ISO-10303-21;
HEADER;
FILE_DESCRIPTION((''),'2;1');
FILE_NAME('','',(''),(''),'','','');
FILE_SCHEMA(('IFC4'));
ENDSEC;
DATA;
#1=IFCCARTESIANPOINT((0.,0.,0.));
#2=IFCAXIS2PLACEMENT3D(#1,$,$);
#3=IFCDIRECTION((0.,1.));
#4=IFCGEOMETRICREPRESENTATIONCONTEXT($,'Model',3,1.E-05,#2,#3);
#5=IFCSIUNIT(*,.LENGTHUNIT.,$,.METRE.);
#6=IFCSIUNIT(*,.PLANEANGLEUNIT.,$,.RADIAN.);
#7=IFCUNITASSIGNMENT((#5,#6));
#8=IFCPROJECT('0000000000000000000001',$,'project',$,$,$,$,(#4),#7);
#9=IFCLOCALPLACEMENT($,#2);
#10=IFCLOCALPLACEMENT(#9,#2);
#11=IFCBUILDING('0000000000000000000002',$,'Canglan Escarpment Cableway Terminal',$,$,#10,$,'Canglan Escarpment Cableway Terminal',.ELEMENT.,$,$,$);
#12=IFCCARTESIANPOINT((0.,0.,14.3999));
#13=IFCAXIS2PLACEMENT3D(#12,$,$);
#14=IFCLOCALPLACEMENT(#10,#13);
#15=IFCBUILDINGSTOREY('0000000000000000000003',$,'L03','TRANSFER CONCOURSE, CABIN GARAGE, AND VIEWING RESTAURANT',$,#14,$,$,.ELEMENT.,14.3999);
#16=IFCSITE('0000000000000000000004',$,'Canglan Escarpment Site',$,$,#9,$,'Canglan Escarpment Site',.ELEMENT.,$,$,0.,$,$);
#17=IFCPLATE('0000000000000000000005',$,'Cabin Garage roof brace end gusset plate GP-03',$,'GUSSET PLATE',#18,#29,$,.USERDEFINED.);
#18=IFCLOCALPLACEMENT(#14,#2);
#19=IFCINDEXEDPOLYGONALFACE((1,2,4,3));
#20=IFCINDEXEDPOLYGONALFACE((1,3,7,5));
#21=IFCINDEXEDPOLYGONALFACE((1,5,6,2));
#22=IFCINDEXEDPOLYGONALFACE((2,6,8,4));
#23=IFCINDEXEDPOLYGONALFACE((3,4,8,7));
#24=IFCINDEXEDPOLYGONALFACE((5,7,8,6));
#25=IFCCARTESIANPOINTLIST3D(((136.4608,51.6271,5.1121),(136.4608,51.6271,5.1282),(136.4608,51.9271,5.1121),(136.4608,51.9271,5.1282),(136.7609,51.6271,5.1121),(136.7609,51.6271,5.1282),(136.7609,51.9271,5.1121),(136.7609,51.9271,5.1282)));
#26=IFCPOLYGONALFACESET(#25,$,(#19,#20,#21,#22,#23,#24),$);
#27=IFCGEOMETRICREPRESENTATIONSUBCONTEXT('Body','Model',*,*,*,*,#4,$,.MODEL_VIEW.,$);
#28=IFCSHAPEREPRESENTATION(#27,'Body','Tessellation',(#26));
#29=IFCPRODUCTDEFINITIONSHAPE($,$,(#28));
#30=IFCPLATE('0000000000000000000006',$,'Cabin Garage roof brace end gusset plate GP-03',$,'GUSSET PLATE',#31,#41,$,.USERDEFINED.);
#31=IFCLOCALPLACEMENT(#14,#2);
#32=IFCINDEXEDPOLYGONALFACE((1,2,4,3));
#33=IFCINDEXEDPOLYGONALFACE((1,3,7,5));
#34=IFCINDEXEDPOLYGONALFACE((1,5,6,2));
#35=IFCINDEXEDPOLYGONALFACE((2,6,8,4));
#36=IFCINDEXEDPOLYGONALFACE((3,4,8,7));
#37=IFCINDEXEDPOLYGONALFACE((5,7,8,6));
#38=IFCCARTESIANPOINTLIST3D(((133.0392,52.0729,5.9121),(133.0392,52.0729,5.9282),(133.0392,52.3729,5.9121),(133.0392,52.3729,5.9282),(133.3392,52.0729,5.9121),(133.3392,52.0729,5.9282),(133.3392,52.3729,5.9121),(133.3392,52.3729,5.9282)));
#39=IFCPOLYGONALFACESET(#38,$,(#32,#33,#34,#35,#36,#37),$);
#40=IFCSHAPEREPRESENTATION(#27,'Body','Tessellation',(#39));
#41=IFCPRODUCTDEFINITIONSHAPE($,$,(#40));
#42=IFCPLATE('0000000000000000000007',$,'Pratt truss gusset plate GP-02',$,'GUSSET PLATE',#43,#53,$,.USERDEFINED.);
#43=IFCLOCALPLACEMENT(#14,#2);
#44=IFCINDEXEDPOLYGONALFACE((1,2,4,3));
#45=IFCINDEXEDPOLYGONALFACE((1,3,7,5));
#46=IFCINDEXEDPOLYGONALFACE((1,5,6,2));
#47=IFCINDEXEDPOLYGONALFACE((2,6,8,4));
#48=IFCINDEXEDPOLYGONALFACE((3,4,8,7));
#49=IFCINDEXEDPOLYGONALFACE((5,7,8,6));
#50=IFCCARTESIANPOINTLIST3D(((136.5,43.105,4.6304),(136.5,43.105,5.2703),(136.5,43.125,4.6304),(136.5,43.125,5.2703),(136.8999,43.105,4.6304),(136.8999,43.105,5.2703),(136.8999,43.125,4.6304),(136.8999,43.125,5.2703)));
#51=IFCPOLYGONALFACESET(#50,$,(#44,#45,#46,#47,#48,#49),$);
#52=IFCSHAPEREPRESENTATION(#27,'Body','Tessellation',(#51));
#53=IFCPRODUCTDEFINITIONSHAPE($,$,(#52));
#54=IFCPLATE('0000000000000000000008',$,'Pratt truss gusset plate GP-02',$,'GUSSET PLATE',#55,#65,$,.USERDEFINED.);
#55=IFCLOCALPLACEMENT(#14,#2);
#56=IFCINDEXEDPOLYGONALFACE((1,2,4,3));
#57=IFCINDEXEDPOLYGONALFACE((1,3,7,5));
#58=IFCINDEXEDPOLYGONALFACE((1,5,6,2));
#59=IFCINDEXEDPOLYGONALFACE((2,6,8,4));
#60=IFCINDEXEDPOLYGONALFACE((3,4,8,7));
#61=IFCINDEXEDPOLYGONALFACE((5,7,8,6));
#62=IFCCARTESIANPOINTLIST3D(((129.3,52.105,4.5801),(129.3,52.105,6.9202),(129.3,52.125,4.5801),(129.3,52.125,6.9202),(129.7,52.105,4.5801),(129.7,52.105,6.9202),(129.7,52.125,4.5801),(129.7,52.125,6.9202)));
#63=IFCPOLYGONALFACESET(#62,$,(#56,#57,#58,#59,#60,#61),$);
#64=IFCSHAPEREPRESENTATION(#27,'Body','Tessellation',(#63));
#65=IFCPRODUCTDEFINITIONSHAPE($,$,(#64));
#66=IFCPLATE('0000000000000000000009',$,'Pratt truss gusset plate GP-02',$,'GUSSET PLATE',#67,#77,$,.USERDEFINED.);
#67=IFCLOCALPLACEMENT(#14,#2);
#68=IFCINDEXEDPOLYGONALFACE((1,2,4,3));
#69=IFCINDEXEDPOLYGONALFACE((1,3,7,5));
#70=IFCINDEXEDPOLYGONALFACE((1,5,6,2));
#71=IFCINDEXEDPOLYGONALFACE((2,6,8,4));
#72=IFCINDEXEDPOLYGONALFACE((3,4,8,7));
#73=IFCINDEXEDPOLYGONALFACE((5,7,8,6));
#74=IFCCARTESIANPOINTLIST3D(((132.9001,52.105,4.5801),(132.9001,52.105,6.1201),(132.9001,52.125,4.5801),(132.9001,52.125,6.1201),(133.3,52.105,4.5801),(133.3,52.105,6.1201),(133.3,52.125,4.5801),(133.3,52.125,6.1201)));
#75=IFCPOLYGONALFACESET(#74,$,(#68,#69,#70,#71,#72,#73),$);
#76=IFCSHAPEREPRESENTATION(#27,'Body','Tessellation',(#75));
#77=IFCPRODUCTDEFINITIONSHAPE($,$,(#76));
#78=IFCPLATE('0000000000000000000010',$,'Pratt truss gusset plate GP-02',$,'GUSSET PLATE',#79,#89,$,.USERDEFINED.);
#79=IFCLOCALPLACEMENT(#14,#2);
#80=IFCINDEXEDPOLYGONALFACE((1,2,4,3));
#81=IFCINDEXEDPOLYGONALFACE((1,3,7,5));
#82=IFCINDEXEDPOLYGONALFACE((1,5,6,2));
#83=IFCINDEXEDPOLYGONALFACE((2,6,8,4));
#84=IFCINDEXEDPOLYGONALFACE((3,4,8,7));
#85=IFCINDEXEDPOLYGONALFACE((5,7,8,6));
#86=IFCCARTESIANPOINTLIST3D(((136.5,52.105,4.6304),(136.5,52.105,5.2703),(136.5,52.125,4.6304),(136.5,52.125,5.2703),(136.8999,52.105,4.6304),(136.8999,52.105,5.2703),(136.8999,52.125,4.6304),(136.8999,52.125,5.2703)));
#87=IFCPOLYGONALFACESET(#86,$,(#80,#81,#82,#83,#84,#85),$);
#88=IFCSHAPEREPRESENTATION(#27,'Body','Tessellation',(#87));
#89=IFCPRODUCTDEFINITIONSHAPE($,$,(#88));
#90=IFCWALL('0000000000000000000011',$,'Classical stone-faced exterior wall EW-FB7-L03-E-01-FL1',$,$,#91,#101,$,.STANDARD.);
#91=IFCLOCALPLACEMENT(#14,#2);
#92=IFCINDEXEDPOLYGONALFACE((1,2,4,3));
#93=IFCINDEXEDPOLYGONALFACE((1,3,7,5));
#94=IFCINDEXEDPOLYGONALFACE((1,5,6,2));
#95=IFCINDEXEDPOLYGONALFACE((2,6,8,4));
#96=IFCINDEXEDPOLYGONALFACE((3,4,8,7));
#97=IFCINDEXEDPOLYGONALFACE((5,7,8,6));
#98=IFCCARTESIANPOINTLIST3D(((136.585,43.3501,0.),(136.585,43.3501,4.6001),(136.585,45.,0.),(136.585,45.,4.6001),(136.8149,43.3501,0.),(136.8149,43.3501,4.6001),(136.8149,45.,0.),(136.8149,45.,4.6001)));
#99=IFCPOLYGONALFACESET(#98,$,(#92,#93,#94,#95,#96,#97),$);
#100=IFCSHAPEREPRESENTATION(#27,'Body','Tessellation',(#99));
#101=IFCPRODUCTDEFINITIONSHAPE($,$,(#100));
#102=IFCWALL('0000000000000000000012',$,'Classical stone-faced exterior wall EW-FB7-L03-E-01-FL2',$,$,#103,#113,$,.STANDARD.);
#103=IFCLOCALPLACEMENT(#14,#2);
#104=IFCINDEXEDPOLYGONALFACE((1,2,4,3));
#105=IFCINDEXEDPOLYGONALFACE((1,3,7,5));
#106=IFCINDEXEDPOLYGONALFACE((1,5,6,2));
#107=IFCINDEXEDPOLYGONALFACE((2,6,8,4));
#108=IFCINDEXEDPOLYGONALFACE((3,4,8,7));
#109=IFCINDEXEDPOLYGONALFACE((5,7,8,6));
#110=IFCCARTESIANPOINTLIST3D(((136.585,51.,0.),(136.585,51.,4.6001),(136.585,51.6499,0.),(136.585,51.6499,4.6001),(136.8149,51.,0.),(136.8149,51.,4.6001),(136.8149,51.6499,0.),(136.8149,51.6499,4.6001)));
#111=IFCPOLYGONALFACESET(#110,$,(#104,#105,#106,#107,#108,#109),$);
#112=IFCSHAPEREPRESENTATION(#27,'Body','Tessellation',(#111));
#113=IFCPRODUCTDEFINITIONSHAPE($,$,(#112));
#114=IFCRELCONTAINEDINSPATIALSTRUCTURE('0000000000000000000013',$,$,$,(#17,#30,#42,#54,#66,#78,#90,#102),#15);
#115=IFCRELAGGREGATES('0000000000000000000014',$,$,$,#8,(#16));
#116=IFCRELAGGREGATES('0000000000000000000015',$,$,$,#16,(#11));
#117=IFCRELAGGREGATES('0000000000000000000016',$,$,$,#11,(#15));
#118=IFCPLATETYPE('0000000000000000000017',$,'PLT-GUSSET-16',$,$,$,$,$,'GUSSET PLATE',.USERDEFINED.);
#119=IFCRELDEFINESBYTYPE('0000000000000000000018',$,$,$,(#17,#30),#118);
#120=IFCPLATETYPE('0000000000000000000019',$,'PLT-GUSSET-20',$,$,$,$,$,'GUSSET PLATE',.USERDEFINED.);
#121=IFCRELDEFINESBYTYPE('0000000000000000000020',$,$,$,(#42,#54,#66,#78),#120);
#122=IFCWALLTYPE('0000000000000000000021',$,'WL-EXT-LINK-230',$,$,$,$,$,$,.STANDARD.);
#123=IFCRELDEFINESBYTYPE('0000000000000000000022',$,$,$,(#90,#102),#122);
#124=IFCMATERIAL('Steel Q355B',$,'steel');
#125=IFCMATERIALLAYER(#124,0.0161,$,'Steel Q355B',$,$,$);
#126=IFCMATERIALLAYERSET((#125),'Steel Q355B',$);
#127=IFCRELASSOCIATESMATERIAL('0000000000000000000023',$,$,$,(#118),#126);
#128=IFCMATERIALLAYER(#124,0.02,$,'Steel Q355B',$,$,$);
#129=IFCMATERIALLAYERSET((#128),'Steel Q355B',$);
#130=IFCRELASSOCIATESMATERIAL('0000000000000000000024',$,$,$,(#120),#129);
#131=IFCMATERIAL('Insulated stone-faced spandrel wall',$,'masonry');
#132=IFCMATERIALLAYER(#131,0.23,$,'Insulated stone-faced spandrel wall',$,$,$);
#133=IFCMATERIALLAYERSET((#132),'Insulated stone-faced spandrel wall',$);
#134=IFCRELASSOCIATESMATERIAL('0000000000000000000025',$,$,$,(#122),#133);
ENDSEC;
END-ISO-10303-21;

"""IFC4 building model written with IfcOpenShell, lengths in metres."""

from ifc_helpers import new_model, si_unit, direction, frame, frame_2d, origin, origin_2d, place, context, subcontext, project, spatial, rectangle, extrude, material, layer, layer_set, type_object, element, save


model = new_model("IFC4")

# Units and contexts
model_context = context("Model", 3, precision=1e-05, world=origin(), true_north=direction((0.0, 1.0)))
body_context = subcontext(model_context, "Body", "Model", "MODEL_VIEW")
ifc_project = project(units=[si_unit("LENGTHUNIT", "METRE"), si_unit("PLANEANGLEUNIT", "RADIAN")], contexts=[model_context])

# Site, building, storey
site_placement = place(None, origin())
site = spatial("IfcSite", under=ifc_project, at=site_placement, Name="Canglan Escarpment Site", LongName="Canglan Escarpment Site", CompositionType="ELEMENT", RefElevation=0.0)
building_placement = place(site_placement, origin())
building = spatial("IfcBuilding", under=site, at=building_placement, Name="Canglan Escarpment Cableway Terminal", LongName="Canglan Escarpment Cableway Terminal", CompositionType="ELEMENT")
storey_placement = place(building_placement, frame((0.0, 0.0, 14.3999)))
storey = spatial("IfcBuildingStorey", under=building, at=storey_placement, Name="L03", Description="TRANSFER CONCOURSE, CABIN GARAGE, AND VIEWING RESTAURANT", CompositionType="ELEMENT", Elevation=14.3999)

# Shared definitions
ifc_material_1 = material(Name="Steel Q355B", Category="steel")

# Plates
ifc_layer_1 = layer(ifc_material_1, 0.0161, Name="Steel Q355B")
ifc_layer_set_1 = layer_set([ifc_layer_1], Name="Steel Q355B")
plate_type_1 = type_object("IfcPlateType", Name="PLT-GUSSET-16", ElementType="GUSSET PLATE", PredefinedType="USERDEFINED", material=ifc_layer_set_1)
for number, where, z_axis, x_axis, name in (
    (1, (136.6108, 51.7771, 5.1121), (0.0, 0.0, 1.0), (1.0, 0.0, 0.0), "Cabin Garage roof brace end gusset plate GP-03"),
    (2, (133.1892, 52.2229, 5.9121), (0.0, 0.0, 1.0), (1.0, 0.0, 0.0), "Cabin Garage roof brace end gusset plate GP-03"),
):
    element("IfcPlate", number, at=place(storey_placement, frame(where, z_axis=z_axis, x_axis=x_axis)), inside=storey, type_object=plate_type_1, Name=name, ObjectType="GUSSET PLATE", PredefinedType="USERDEFINED", context=body_context, shape_type="SweptSolid", body=[
        extrude(rectangle(XDim=0.3, YDim=0.3, at=origin_2d()), origin(), (0.0, 0.0, 1.0), 0.0161),
    ])
ifc_layer_2 = layer(ifc_material_1, 0.02, Name="Steel Q355B")
ifc_layer_set_2 = layer_set([ifc_layer_2], Name="Steel Q355B")
plate_type_2 = type_object("IfcPlateType", Name="PLT-GUSSET-20", ElementType="GUSSET PLATE", PredefinedType="USERDEFINED", material=ifc_layer_set_2)
plate_1_placement = place(storey_placement, frame((136.7, 43.115, 4.6304), z_axis=(0.0, 0.0, 1.0), x_axis=(1.0, 0.0, 0.0)))
element("IfcPlate", 3, at=plate_1_placement, inside=storey, type_object=plate_type_2, Name="Pratt truss gusset plate GP-02", ObjectType="GUSSET PLATE", PredefinedType="USERDEFINED", context=body_context, shape_type="SweptSolid", body=[
    extrude(rectangle(XDim=0.3999, YDim=0.02, at=origin_2d()), origin(), (0.0, 0.0, 1.0), 0.6399),
])
plate_2_placement = place(storey_placement, frame((129.5, 52.115, 4.5801), z_axis=(0.0, 0.0, 1.0), x_axis=(1.0, 0.0, 0.0)))
element("IfcPlate", 4, at=plate_2_placement, inside=storey, type_object=plate_type_2, Name="Pratt truss gusset plate GP-02", ObjectType="GUSSET PLATE", PredefinedType="USERDEFINED", context=body_context, shape_type="SweptSolid", body=[
    extrude(rectangle(XDim=0.3999, YDim=0.02, at=origin_2d()), origin(), (0.0, 0.0, 1.0), 2.3401),
])
plate_3_placement = place(storey_placement, frame((133.1001, 52.115, 4.5801), z_axis=(0.0, 0.0, 1.0), x_axis=(1.0, 0.0, 0.0)))
element("IfcPlate", 5, at=plate_3_placement, inside=storey, type_object=plate_type_2, Name="Pratt truss gusset plate GP-02", ObjectType="GUSSET PLATE", PredefinedType="USERDEFINED", context=body_context, shape_type="SweptSolid", body=[
    extrude(rectangle(XDim=0.3999, YDim=0.02, at=origin_2d()), origin(), (0.0, 0.0, 1.0), 1.54),
])
plate_4_placement = place(storey_placement, frame((136.7, 52.115, 4.6304), z_axis=(0.0, 0.0, 1.0), x_axis=(1.0, 0.0, 0.0)))
element("IfcPlate", 6, at=plate_4_placement, inside=storey, type_object=plate_type_2, Name="Pratt truss gusset plate GP-02", ObjectType="GUSSET PLATE", PredefinedType="USERDEFINED", context=body_context, shape_type="SweptSolid", body=[
    extrude(rectangle(XDim=0.3999, YDim=0.02, at=origin_2d()), origin(), (0.0, 0.0, 1.0), 0.6399),
])

# Walls
ifc_material_2 = material(Name="Insulated stone-faced spandrel wall", Category="masonry")
ifc_layer_3 = layer(ifc_material_2, 0.23, Name="Insulated stone-faced spandrel wall")
ifc_layer_set_3 = layer_set([ifc_layer_3], Name="Insulated stone-faced spandrel wall")
wall_type = type_object("IfcWallType", Name="WL-EXT-LINK-230", PredefinedType="STANDARD", material=ifc_layer_set_3)
wall_1_placement = place(storey_placement, frame((136.7, 43.3501, 0.0), z_axis=(0.0, 0.0, 1.0), x_axis=(0.0, 1.0, 0.0)))
element("IfcWall", 7, at=wall_1_placement, inside=storey, type_object=wall_type, Name="Classical stone-faced exterior wall EW-FB7-L03-E-01-FL1", PredefinedType="STANDARD", context=body_context, shape_type="SweptSolid", body=[
    extrude(rectangle(XDim=1.6499, YDim=0.23, at=frame_2d((0.825, 0.0))), origin(), (0.0, 0.0, 1.0), 4.6001),
])
wall_2_placement = place(storey_placement, frame((136.7, 51.0, 0.0), z_axis=(0.0, 0.0, 1.0), x_axis=(0.0, 1.0, 0.0)))
element("IfcWall", 8, at=wall_2_placement, inside=storey, type_object=wall_type, Name="Classical stone-faced exterior wall EW-FB7-L03-E-01-FL2", PredefinedType="STANDARD", context=body_context, shape_type="SweptSolid", body=[
    extrude(rectangle(XDim=0.6499, YDim=0.23, at=frame_2d((0.325, 0.0))), origin(), (0.0, 0.0, 1.0), 4.6001),
])

save(model, "model.ifc")
